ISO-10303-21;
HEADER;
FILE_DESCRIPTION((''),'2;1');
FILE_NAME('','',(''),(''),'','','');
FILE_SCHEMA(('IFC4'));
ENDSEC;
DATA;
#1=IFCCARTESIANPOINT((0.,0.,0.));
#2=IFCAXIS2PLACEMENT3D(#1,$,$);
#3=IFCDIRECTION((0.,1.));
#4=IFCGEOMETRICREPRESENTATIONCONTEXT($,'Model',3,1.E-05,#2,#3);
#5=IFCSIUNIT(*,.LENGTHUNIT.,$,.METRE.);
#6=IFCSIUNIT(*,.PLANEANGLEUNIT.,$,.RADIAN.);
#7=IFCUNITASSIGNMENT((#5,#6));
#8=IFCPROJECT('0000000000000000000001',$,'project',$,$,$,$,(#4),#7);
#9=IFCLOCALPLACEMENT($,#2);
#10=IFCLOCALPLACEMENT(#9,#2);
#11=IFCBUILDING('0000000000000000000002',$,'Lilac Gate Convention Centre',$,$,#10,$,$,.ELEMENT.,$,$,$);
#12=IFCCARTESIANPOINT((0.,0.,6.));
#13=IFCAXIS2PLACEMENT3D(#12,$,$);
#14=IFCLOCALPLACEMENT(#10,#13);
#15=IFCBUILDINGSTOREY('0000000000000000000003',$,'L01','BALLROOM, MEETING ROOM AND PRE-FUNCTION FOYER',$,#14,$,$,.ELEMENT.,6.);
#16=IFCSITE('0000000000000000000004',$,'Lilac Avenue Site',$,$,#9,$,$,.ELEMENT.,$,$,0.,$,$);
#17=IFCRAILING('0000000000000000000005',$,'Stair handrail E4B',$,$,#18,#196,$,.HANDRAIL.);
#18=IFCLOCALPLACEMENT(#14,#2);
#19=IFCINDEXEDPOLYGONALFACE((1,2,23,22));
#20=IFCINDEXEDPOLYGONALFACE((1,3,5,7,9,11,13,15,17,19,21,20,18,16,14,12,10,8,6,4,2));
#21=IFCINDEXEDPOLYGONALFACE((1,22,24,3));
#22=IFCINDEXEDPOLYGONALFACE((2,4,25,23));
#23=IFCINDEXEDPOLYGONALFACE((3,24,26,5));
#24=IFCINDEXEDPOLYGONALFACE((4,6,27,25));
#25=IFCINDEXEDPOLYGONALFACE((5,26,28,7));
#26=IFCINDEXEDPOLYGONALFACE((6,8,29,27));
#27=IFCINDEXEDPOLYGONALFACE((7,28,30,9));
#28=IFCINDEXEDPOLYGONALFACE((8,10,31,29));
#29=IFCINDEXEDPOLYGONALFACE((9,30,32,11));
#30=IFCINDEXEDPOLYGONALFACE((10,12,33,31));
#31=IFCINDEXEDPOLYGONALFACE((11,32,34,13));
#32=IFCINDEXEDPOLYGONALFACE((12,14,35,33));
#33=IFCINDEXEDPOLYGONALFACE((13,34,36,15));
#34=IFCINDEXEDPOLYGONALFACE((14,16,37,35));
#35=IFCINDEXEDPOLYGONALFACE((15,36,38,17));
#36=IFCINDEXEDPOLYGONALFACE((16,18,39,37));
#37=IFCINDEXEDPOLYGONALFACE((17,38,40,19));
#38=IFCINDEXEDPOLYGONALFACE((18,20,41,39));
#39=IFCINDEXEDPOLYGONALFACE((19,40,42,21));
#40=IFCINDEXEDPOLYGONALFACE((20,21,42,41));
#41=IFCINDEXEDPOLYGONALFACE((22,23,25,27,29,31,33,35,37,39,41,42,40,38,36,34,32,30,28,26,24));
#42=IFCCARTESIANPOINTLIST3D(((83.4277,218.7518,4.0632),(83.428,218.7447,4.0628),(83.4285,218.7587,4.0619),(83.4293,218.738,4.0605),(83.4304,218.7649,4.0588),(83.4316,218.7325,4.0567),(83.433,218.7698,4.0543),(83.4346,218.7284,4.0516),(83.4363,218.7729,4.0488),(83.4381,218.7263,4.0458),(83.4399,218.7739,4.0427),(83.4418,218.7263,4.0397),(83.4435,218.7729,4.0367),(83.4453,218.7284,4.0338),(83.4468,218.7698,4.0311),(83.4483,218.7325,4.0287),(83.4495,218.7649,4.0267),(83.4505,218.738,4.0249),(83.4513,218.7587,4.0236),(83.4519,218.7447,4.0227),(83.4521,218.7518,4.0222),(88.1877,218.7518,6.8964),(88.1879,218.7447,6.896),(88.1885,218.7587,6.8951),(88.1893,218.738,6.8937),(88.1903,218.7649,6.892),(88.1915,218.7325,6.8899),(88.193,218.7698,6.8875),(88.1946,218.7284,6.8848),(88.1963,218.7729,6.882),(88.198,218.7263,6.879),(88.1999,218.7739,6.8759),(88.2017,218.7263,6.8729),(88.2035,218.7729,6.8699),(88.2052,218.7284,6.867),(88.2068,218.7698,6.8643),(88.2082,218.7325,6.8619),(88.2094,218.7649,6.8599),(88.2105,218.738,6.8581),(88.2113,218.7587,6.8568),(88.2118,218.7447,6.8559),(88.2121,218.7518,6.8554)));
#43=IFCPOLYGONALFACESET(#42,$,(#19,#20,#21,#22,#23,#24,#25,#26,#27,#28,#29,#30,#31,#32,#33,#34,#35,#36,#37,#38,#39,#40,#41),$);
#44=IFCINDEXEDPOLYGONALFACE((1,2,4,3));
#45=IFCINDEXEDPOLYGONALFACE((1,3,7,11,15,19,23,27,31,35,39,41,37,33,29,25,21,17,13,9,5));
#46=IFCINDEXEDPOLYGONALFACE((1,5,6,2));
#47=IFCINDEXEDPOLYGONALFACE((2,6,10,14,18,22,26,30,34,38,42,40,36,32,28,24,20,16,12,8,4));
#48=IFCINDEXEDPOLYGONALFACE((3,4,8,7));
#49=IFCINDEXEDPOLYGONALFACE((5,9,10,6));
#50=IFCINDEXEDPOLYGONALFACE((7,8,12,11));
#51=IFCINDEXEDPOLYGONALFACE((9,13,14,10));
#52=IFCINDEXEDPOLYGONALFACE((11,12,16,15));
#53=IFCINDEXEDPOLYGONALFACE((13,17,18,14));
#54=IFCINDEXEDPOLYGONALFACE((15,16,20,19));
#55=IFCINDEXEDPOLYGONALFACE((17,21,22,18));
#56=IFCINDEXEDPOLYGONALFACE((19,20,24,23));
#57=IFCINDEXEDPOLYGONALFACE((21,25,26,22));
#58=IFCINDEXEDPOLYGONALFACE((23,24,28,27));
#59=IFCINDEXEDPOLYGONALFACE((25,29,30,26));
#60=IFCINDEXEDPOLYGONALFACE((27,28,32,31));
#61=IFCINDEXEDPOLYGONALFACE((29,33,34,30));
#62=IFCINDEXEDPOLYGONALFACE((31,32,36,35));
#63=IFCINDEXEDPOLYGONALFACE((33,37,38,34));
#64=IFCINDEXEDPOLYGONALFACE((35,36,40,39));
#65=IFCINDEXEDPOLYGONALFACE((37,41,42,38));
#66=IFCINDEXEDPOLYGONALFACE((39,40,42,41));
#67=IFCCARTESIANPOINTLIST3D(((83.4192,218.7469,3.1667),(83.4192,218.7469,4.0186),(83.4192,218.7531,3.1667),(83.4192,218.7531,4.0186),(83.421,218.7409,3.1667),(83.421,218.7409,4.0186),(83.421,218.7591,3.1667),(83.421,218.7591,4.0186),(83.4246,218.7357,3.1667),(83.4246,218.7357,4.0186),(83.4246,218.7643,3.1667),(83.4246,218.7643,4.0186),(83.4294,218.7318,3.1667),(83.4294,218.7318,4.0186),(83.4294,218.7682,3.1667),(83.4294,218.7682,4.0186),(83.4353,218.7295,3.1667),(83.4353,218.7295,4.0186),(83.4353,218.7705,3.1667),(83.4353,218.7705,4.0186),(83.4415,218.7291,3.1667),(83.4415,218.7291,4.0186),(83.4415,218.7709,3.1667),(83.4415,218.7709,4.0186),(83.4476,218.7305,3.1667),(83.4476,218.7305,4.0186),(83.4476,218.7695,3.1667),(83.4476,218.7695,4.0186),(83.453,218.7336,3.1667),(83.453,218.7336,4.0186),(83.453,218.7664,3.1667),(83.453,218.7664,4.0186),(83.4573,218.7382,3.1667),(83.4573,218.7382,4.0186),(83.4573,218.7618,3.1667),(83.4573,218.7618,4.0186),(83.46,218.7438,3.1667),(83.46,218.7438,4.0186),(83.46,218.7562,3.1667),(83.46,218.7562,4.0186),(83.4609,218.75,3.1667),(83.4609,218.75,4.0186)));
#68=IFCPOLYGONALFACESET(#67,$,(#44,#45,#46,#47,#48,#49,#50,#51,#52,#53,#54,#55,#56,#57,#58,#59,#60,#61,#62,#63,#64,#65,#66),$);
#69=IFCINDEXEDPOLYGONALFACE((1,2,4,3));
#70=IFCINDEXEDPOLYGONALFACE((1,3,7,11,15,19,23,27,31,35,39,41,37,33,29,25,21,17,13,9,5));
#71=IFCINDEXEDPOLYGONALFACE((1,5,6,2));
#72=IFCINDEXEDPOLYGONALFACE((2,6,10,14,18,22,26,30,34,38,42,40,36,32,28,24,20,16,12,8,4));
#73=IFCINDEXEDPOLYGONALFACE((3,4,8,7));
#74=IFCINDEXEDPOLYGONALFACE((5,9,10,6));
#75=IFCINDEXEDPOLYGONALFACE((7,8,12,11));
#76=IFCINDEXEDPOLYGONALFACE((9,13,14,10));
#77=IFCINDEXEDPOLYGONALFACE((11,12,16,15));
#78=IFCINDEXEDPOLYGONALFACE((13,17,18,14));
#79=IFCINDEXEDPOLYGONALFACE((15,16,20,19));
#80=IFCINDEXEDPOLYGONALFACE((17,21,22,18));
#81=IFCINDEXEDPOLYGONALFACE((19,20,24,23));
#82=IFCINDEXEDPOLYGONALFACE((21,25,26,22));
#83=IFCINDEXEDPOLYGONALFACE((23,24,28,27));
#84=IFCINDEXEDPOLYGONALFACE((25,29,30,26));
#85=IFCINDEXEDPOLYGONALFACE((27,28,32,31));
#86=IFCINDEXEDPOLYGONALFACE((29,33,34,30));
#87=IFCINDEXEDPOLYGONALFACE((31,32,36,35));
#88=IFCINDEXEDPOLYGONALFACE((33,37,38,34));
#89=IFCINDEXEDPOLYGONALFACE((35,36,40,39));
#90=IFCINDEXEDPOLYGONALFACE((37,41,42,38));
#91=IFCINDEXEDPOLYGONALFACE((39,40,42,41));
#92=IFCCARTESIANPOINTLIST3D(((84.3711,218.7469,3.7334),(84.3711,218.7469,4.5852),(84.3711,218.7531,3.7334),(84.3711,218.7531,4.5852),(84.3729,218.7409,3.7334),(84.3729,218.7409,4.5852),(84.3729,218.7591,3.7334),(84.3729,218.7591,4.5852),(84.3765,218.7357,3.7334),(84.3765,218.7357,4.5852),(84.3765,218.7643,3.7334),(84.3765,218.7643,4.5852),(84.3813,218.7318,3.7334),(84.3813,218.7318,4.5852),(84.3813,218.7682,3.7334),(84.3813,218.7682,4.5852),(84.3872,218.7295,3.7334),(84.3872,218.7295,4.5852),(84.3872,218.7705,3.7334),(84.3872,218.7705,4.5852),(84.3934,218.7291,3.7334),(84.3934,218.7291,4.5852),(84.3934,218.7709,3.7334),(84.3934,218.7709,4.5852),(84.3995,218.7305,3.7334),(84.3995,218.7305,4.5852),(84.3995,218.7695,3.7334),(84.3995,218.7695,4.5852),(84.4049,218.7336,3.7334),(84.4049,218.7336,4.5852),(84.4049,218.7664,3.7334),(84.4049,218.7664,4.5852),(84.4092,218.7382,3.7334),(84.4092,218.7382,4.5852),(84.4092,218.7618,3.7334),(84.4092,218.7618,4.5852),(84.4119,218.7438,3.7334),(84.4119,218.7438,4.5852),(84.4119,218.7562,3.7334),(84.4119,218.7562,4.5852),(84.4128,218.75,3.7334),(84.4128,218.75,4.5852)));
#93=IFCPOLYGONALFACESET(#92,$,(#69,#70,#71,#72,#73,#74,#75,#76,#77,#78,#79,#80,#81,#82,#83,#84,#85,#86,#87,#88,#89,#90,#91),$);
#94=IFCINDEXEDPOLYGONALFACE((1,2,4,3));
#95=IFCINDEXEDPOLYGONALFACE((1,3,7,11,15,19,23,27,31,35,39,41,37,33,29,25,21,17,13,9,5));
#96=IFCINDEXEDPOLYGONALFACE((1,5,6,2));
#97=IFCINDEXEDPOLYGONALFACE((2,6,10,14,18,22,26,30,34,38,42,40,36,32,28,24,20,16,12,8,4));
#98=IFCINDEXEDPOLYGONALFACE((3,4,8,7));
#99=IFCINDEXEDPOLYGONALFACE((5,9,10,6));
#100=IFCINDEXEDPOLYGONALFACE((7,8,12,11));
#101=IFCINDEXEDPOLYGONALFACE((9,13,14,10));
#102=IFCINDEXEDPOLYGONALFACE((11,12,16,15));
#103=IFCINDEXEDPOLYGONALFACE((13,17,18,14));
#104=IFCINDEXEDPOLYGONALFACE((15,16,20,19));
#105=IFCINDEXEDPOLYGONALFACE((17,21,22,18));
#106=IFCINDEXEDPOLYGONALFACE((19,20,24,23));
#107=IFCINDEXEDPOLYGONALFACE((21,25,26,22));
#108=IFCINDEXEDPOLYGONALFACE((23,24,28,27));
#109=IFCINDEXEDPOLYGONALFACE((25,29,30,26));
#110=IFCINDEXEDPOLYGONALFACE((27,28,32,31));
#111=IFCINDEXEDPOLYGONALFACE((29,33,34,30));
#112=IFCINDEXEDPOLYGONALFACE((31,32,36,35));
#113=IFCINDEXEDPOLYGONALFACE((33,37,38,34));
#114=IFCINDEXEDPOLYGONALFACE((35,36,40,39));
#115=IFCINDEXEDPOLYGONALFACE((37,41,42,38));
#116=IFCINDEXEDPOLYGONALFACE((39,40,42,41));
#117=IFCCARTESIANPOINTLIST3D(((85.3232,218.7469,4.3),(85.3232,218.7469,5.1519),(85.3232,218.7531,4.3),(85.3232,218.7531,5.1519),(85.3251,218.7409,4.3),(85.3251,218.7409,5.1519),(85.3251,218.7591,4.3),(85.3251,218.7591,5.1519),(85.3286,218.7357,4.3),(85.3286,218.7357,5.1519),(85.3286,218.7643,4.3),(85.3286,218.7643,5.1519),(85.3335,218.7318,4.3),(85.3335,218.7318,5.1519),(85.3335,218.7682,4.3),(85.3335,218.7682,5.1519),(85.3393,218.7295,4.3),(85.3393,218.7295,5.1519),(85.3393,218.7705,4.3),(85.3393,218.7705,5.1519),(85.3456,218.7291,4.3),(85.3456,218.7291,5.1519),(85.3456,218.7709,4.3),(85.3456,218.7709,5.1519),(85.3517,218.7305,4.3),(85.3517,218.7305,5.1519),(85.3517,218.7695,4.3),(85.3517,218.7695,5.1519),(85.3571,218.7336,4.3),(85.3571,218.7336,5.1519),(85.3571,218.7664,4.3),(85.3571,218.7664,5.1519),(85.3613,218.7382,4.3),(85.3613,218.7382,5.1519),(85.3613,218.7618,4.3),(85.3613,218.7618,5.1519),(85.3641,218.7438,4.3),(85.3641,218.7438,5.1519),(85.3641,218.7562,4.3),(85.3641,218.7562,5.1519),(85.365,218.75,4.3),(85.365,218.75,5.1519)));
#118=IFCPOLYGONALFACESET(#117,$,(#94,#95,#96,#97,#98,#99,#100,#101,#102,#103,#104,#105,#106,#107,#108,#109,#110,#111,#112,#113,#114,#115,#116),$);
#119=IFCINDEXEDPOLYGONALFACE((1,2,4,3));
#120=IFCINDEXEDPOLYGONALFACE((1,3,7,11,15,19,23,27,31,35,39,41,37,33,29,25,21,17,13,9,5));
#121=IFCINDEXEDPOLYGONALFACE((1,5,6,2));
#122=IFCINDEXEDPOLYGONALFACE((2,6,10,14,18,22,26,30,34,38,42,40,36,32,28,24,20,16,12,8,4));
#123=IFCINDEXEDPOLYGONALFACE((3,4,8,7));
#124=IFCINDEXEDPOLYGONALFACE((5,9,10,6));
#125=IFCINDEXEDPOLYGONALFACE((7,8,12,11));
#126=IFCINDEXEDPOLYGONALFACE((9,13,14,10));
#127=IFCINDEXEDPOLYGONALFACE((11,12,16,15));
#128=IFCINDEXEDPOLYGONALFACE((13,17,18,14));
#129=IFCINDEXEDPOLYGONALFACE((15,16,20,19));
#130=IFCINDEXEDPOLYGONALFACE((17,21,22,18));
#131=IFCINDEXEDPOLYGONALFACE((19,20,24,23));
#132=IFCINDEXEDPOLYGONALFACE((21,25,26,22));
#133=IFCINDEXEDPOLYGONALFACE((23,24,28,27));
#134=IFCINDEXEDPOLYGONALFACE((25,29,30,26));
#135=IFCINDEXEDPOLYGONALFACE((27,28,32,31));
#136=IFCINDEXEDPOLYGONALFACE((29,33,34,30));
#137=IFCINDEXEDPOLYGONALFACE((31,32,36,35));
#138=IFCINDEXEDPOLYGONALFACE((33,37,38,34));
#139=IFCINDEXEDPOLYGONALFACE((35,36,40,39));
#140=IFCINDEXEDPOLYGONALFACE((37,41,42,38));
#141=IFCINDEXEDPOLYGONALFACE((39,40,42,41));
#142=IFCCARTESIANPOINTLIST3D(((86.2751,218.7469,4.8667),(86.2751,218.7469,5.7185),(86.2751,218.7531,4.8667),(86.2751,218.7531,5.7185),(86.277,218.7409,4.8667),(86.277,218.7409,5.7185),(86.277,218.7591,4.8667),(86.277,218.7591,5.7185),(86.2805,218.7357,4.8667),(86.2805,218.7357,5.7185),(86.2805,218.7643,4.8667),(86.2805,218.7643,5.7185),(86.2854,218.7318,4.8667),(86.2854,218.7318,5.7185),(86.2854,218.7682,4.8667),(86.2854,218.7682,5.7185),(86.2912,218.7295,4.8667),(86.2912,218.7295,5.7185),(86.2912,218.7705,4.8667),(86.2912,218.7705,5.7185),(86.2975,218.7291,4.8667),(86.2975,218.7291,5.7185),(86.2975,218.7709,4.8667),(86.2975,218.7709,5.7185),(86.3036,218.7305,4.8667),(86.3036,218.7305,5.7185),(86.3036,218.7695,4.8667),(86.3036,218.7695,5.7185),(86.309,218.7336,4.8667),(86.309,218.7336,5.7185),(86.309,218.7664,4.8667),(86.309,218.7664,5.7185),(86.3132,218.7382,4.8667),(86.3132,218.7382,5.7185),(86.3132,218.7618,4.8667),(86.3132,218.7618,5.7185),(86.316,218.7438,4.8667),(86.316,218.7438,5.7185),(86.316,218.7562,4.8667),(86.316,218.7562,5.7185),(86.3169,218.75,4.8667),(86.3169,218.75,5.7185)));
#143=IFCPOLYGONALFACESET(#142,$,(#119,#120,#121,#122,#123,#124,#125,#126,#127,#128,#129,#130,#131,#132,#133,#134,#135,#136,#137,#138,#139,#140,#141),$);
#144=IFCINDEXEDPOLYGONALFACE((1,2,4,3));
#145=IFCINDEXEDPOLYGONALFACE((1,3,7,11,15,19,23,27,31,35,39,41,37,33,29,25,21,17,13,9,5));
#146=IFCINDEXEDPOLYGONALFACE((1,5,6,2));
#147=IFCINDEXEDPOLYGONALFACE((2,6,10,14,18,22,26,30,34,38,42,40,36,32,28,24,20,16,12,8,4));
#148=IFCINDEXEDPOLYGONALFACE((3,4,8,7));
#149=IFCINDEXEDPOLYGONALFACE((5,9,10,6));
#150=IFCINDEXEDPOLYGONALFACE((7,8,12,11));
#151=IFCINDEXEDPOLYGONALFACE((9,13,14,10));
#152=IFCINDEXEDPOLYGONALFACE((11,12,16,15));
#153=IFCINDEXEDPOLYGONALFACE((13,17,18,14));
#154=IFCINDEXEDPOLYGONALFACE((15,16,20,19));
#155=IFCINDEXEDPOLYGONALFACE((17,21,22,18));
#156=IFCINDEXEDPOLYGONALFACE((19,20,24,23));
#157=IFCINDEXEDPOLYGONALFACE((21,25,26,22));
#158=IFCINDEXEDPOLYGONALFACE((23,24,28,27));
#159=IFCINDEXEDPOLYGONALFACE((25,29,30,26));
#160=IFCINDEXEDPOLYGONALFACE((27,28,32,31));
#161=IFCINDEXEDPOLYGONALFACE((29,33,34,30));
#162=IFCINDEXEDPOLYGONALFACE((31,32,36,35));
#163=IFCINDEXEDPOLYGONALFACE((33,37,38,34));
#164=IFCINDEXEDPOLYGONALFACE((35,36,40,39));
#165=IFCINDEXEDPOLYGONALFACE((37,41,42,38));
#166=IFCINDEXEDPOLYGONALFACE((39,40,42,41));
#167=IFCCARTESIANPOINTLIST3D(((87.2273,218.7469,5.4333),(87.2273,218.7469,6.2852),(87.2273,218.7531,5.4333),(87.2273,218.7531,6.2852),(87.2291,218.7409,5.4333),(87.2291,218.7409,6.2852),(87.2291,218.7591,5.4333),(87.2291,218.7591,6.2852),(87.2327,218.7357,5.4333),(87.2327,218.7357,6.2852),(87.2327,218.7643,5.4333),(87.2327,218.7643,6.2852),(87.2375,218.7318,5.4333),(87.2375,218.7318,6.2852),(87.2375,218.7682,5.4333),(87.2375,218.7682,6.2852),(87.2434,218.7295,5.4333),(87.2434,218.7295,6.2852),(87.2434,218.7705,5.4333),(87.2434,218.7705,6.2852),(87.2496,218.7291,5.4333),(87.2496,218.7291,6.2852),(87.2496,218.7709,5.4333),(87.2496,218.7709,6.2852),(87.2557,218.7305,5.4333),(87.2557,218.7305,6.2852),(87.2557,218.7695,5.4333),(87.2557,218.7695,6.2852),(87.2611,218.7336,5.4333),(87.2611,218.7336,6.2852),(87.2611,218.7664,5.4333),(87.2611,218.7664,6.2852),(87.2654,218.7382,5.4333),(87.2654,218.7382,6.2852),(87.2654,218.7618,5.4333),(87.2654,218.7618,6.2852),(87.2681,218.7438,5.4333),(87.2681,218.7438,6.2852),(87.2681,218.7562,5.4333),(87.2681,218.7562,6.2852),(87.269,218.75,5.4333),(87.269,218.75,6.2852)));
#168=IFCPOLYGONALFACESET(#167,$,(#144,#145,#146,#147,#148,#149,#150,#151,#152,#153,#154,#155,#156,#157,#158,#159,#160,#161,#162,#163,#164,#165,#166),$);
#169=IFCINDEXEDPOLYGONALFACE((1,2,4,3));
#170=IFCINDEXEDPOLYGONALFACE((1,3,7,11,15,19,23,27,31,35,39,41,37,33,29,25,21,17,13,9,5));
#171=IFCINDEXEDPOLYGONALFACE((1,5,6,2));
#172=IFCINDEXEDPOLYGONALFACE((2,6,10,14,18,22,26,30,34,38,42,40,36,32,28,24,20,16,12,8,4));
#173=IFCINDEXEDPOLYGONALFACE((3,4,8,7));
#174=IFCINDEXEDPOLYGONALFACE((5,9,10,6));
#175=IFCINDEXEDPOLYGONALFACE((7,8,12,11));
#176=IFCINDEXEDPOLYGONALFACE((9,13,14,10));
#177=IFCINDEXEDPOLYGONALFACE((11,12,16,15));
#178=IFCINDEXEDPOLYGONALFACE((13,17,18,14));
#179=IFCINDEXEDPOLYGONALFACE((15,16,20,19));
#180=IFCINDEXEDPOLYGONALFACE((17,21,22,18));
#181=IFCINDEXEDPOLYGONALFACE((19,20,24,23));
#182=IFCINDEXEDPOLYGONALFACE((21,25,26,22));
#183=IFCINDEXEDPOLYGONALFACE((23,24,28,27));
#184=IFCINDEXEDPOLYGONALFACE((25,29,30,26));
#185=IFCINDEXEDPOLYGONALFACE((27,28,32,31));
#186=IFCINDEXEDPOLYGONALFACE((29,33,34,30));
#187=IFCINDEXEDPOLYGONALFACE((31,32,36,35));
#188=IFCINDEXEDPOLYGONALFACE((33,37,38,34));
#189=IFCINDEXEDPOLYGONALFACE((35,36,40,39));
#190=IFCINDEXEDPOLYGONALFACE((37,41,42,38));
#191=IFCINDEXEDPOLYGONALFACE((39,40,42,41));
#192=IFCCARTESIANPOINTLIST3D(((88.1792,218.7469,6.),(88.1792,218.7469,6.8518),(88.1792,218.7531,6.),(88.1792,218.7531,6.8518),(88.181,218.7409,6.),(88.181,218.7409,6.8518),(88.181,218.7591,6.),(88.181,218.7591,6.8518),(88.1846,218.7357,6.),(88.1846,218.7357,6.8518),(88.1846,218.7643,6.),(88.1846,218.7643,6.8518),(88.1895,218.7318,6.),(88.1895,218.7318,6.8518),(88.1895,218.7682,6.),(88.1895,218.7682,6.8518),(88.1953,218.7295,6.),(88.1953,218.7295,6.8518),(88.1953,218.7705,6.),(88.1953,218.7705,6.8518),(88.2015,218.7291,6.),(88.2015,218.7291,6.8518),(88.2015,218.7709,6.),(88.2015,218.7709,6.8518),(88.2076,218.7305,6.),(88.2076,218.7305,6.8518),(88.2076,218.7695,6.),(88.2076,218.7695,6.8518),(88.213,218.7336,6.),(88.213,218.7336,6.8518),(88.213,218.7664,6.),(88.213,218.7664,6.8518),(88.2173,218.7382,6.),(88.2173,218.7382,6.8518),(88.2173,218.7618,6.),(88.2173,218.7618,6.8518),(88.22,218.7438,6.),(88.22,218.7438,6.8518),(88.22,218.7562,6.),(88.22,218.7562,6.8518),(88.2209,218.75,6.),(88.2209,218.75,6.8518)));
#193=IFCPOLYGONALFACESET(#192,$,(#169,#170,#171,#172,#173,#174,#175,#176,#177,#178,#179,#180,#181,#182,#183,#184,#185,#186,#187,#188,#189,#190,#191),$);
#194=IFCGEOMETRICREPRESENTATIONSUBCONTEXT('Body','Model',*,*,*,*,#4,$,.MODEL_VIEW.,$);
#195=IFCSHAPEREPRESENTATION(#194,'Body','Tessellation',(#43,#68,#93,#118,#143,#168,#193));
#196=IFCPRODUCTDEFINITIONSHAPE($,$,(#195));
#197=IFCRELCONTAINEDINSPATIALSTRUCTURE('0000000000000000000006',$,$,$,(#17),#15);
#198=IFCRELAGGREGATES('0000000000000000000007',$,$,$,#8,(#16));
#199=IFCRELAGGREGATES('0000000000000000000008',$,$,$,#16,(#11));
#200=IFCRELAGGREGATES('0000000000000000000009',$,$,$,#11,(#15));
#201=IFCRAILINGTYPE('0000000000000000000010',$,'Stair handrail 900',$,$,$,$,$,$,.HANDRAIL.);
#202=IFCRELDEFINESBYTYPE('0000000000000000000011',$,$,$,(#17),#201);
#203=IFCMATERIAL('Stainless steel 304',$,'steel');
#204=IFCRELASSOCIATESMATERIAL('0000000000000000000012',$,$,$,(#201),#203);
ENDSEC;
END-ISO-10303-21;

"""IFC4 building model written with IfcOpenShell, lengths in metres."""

from ifc_helpers import new_model, si_unit, direction, frame, origin, origin_2d, place, context, subcontext, project, spatial, circle, extrude, material, type_object, element, save


model = new_model("IFC4")

# Units and contexts
model_context = context("Model", 3, precision=1e-05, world=origin(), true_north=direction((0.0, 1.0)))
body_context = subcontext(model_context, "Body", "Model", "MODEL_VIEW")
ifc_project = project(units=[si_unit("LENGTHUNIT", "METRE"), si_unit("PLANEANGLEUNIT", "RADIAN")], contexts=[model_context])

# Site, building, storey
site_placement = place(None, origin())
site = spatial("IfcSite", under=ifc_project, at=site_placement, Name="Lilac Avenue Site", CompositionType="ELEMENT", RefElevation=0.0)
building_placement = place(site_placement, origin())
building = spatial("IfcBuilding", under=site, at=building_placement, Name="Lilac Gate Convention Centre", CompositionType="ELEMENT")
storey_placement = place(building_placement, frame((0.0, 0.0, 6.0)))
storey = spatial("IfcBuildingStorey", under=building, at=storey_placement, Name="L01", Description="BALLROOM, MEETING ROOM AND PRE-FUNCTION FOYER", CompositionType="ELEMENT", Elevation=6.0)

# Railing
ifc_material_1 = material(Name="Stainless steel 304", Category="steel")
railing_type = type_object("IfcRailingType", Name="Stair handrail 900", PredefinedType="HANDRAIL", material=ifc_material_1)
for number, where, name in (
    (1, (83.4399, 218.75, 3.1667), "Stair handrail E4B"),
):
    element("IfcRailing", number, at=place(storey_placement, frame(where)), inside=storey, type_object=railing_type, Name=name, PredefinedType="HANDRAIL", context=body_context, shape_type="SweptSolid", body=[
        extrude(circle(Radius=0.0239, at=origin_2d()), frame((0.0, 0.0, 0.876), z_axis=(0.8593, 0.0, 0.511472), x_axis=(0.0, 1.0, 0.0)), (0.0, 0.0, 1.0), 5.5393),
        extrude(circle(Radius=0.021, at=origin_2d()), origin(), (0.0, 0.0, 1.0), 0.8518),
        extrude(circle(Radius=0.021, at=origin_2d()), frame((0.9519, 0.0, 0.5667)), (0.0, 0.0, 1.0), 0.8518),
        extrude(circle(Radius=0.021, at=origin_2d()), frame((1.9041, 0.0, 1.1333)), (0.0, 0.0, 1.0), 0.8518),
        extrude(circle(Radius=0.021, at=origin_2d()), frame((2.856, 0.0, 1.7)), (0.0, 0.0, 1.0), 0.8518),
        extrude(circle(Radius=0.021, at=origin_2d()), frame((3.8081, 0.0, 2.2666)), (0.0, 0.0, 1.0), 0.8518),
        extrude(circle(Radius=0.021, at=origin_2d()), frame((4.76, 0.0, 2.8333)), (0.0, 0.0, 1.0), 0.8518),
    ])

save(model, "model.ifc")
